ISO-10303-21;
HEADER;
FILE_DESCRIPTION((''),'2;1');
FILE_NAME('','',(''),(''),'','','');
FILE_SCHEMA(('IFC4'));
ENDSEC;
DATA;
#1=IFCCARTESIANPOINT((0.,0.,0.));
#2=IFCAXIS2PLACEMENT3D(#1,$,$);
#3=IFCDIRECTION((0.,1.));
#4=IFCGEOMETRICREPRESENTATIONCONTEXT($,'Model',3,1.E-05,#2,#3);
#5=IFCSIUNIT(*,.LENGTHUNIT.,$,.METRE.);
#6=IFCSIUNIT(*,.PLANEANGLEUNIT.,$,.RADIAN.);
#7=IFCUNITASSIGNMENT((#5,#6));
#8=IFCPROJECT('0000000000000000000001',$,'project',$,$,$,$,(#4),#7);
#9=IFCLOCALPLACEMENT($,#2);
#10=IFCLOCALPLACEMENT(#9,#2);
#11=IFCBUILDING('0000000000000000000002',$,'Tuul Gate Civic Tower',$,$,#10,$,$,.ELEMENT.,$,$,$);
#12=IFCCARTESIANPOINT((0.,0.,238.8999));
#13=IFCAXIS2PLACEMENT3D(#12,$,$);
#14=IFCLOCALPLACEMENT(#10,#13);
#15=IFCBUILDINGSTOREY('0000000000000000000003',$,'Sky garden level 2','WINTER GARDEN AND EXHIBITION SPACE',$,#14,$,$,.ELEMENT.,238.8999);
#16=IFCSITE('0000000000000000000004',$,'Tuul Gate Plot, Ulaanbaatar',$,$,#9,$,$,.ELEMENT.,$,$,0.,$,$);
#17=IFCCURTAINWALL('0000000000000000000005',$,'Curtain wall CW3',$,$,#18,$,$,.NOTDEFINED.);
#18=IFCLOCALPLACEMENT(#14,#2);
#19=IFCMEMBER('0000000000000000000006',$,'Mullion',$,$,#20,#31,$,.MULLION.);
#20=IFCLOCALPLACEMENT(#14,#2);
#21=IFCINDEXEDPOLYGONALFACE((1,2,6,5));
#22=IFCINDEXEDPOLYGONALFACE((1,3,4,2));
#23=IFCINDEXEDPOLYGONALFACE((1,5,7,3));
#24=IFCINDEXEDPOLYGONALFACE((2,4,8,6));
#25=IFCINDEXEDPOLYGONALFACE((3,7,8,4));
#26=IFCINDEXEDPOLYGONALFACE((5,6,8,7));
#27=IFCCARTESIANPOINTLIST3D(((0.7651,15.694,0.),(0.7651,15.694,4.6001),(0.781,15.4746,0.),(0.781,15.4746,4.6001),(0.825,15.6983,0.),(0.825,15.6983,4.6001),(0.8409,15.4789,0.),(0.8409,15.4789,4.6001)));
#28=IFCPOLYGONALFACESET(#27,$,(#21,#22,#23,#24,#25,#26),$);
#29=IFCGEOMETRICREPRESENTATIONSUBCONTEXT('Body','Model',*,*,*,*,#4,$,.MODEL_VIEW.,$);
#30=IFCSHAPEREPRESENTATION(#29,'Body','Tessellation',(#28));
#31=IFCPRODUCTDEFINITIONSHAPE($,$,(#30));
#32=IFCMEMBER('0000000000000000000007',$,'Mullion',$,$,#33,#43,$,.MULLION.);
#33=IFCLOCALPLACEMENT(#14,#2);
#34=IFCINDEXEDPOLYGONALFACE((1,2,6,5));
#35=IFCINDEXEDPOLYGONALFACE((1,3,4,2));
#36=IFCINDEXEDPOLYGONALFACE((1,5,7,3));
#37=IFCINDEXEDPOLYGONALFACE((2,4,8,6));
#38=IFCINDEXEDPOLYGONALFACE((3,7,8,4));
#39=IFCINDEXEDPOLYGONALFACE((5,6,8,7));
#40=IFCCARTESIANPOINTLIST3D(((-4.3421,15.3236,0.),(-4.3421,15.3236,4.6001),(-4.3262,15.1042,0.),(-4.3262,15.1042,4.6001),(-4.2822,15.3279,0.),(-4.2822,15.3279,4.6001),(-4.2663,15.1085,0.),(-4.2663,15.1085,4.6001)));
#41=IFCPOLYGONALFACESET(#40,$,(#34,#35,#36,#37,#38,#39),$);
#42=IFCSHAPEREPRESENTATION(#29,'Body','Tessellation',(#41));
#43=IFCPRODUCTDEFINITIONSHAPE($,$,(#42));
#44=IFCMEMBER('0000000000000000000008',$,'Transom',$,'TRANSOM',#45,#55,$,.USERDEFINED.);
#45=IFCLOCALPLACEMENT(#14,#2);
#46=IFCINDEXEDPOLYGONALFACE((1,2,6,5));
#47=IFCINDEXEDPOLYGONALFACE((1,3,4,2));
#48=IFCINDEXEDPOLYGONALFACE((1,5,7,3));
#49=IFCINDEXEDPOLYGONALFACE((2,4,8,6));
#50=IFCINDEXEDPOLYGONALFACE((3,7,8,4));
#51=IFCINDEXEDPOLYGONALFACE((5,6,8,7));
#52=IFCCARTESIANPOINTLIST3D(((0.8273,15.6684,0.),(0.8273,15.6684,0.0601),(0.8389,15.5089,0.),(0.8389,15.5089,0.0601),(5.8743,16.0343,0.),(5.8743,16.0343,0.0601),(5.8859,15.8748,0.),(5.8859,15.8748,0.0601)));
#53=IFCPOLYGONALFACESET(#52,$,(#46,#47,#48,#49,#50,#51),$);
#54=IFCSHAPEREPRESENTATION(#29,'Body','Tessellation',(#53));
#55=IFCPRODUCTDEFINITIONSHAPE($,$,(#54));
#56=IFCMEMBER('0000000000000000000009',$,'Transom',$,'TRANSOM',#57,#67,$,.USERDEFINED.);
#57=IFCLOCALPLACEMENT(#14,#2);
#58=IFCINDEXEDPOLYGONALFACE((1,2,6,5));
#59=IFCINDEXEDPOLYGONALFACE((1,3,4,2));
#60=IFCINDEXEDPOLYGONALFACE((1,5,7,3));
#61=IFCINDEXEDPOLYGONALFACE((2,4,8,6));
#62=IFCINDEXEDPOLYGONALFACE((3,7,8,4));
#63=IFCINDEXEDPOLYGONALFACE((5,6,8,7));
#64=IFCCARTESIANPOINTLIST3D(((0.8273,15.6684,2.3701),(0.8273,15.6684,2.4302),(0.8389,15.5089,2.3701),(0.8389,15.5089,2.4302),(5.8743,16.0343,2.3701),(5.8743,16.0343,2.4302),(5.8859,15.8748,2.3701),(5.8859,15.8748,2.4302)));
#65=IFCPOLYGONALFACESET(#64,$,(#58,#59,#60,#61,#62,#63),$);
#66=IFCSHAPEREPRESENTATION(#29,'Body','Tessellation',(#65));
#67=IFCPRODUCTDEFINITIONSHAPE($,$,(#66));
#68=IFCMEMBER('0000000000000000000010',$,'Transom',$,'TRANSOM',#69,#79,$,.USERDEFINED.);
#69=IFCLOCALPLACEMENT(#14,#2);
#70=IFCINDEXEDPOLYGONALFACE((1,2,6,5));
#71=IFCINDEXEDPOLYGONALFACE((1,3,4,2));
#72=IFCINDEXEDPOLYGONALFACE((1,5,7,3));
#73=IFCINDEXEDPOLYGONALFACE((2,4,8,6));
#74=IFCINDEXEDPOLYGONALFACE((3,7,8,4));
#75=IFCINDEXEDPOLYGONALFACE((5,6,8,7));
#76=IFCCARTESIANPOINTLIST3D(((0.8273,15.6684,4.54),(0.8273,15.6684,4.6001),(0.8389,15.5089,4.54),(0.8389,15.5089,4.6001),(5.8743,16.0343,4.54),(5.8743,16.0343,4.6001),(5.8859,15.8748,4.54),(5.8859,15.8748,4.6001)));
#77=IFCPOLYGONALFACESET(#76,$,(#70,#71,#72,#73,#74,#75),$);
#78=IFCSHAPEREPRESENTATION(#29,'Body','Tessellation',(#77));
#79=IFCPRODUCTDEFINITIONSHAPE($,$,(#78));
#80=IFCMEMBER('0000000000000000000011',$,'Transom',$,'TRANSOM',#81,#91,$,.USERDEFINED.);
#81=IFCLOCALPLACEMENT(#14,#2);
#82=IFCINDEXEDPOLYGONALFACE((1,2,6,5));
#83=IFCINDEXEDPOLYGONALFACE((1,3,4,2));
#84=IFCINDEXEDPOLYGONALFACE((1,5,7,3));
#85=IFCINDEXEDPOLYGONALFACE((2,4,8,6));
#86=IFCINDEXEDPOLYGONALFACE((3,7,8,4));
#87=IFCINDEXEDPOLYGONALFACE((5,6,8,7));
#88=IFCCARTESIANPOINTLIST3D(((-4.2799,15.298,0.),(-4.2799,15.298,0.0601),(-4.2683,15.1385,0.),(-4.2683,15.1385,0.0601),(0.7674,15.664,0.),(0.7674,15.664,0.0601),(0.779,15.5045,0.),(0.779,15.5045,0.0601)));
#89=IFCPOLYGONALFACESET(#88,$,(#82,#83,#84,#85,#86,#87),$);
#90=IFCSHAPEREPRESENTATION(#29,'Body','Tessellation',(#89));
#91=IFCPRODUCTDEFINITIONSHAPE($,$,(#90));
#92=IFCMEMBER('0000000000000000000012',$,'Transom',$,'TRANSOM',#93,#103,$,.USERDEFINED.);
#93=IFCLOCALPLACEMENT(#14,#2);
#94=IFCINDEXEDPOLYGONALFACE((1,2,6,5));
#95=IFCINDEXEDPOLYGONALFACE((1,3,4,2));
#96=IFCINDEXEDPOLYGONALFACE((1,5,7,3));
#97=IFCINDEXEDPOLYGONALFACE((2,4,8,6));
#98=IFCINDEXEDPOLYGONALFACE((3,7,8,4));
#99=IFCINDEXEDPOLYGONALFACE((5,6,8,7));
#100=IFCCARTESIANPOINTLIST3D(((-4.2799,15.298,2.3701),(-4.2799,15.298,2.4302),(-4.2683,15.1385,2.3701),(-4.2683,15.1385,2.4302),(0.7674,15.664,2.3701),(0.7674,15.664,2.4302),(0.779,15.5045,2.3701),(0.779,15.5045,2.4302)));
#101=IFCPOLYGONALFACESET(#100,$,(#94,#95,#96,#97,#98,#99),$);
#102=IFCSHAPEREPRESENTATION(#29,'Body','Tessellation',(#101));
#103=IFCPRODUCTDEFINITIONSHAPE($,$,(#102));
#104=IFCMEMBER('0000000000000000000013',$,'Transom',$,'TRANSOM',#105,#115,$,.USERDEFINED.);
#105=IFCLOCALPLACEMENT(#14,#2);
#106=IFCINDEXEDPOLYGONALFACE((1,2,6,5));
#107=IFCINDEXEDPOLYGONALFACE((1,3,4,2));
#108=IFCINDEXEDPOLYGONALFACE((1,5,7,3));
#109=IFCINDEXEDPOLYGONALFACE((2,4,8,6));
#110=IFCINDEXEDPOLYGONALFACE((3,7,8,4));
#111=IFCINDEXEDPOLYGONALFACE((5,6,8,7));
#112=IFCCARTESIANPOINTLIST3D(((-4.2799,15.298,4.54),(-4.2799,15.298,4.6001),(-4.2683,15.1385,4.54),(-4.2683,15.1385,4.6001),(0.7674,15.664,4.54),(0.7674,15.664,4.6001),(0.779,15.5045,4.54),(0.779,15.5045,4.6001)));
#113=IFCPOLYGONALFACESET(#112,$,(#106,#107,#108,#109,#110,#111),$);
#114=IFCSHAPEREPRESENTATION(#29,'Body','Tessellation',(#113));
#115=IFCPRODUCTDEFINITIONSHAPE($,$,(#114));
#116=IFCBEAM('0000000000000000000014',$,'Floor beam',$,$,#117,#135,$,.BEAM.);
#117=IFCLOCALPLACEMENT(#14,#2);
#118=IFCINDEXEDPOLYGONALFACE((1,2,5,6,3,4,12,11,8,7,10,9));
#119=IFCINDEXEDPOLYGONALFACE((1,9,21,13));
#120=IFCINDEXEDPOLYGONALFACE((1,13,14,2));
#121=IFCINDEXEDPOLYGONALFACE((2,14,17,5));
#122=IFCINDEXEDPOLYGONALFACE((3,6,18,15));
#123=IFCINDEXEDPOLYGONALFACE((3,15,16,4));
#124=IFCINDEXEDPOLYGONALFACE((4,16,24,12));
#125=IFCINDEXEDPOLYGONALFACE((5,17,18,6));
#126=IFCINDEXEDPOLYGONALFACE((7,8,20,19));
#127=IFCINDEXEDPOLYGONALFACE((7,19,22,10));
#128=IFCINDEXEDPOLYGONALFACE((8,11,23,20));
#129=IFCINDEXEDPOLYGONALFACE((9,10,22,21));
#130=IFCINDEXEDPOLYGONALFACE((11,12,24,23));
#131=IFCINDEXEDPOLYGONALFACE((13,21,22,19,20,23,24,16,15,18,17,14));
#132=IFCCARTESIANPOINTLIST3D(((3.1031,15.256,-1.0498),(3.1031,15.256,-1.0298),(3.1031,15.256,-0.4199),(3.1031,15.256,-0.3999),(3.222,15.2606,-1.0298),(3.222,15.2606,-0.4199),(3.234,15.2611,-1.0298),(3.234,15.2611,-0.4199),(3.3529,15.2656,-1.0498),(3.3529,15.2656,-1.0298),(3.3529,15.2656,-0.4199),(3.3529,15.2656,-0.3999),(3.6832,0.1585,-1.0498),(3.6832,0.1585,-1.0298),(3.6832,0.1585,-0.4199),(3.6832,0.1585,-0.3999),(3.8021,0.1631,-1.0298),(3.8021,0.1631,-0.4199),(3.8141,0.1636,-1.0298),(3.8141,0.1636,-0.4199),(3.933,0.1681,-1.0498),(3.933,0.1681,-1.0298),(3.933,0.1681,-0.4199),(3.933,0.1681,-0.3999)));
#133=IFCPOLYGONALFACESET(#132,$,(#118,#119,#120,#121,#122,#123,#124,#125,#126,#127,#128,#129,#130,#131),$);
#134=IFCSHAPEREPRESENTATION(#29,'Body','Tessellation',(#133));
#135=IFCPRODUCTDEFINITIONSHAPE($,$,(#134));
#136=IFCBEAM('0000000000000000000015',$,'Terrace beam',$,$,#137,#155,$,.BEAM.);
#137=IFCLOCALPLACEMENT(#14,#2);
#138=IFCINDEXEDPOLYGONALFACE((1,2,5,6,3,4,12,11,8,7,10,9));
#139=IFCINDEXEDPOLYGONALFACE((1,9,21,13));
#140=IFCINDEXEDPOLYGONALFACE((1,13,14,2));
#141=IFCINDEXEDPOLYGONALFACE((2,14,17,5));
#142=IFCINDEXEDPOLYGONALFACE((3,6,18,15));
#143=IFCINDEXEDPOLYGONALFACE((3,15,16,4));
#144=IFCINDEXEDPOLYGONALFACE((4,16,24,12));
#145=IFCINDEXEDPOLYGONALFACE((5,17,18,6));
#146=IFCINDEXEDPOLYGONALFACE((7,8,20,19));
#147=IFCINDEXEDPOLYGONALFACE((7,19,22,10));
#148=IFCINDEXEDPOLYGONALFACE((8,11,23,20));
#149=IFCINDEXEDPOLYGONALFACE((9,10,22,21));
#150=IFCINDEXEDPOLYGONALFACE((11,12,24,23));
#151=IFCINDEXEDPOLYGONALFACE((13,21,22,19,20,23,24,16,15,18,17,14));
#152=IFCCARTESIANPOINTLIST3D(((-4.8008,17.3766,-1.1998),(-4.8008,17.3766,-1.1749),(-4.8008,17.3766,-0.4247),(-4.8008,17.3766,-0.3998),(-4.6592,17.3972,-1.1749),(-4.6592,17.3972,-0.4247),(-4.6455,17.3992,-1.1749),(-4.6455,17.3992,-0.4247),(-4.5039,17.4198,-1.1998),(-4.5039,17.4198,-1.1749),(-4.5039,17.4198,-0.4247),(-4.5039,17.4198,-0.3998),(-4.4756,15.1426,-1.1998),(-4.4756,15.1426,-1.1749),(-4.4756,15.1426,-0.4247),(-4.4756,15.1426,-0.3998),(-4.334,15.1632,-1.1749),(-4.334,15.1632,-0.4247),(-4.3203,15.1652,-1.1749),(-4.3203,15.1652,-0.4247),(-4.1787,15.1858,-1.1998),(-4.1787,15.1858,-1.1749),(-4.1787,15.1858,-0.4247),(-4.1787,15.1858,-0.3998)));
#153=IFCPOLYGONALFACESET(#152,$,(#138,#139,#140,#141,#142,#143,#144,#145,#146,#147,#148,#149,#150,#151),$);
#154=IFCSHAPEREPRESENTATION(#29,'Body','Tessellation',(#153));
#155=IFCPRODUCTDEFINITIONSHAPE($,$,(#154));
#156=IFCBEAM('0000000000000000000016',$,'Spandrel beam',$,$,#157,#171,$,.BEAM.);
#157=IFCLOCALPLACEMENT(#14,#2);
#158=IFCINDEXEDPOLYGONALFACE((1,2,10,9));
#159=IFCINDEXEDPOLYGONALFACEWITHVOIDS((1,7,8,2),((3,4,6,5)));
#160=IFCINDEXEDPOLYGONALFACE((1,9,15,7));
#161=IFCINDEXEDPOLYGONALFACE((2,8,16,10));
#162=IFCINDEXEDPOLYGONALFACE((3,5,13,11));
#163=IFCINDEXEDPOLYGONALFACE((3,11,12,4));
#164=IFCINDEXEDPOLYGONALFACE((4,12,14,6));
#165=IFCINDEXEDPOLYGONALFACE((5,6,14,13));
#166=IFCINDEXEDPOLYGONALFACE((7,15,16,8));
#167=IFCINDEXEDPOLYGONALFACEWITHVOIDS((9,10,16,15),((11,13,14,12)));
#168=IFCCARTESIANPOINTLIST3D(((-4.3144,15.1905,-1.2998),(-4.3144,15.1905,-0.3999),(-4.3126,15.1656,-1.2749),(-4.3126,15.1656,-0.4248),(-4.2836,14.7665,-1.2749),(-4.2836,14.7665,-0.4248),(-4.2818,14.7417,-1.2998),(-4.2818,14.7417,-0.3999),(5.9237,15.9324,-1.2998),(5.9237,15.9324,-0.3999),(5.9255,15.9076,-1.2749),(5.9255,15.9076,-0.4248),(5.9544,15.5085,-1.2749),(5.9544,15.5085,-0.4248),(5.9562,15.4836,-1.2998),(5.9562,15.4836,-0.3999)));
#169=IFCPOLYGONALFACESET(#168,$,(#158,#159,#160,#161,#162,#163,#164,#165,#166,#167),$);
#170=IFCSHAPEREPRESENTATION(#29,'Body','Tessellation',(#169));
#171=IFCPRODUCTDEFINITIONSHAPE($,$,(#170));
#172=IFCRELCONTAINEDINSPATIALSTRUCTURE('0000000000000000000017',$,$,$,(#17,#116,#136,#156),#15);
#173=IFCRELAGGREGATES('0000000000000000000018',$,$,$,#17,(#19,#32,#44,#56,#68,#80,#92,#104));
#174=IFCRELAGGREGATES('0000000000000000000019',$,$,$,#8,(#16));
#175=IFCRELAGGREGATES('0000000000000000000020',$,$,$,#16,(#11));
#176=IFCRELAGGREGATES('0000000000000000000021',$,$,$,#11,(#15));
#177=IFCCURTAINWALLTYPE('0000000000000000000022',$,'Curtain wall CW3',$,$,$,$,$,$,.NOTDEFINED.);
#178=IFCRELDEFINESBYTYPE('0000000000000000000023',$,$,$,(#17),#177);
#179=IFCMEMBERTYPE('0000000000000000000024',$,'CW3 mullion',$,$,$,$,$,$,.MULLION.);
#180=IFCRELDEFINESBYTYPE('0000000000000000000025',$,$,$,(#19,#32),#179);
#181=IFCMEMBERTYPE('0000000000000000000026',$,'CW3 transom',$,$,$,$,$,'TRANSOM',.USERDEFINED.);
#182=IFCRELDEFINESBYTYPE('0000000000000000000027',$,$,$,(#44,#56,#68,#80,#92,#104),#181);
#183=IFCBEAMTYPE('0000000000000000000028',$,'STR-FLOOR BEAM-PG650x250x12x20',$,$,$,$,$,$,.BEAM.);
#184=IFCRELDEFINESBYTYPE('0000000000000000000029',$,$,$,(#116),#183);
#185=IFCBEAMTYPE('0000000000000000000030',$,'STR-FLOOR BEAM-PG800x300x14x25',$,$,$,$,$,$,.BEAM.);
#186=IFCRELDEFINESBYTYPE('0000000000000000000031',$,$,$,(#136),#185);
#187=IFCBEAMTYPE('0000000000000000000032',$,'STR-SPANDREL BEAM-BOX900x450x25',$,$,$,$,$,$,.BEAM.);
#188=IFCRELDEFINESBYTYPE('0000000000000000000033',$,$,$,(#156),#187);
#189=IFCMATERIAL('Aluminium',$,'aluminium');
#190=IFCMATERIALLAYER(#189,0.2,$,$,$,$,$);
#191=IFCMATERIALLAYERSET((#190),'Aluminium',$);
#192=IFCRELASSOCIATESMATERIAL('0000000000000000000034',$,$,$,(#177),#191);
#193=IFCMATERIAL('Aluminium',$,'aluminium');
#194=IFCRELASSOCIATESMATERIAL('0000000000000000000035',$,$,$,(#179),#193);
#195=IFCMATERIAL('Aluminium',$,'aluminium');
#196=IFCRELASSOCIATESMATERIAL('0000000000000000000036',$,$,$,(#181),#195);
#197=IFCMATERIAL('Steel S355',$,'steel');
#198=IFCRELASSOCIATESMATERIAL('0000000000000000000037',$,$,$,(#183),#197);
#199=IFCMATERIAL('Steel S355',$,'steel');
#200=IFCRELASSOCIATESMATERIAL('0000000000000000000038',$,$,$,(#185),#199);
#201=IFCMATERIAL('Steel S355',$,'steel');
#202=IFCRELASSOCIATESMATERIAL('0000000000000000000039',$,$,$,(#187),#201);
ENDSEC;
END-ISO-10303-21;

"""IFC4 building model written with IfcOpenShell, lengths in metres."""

from ifc_helpers import new_model, si_unit, direction, frame, origin, origin_2d, place, context, subcontext, project, spatial, rectangle, hollow_rectangle, i_section, extrude, material, layer, layer_set, material_profile, profile_set, type_object, element, aggregate, save


model = new_model("IFC4")

# Units and contexts
model_context = context("Model", 3, precision=1e-05, world=origin(), true_north=direction((0.0, 1.0)))
body_context = subcontext(model_context, "Body", "Model", "MODEL_VIEW")
ifc_project = project(units=[si_unit("LENGTHUNIT", "METRE"), si_unit("PLANEANGLEUNIT", "RADIAN")], contexts=[model_context])

# Site, building, storey
site_placement = place(None, origin())
site = spatial("IfcSite", under=ifc_project, at=site_placement, Name="Tuul Gate Plot, Ulaanbaatar", CompositionType="ELEMENT", RefElevation=0.0)
building_placement = place(site_placement, origin())
building = spatial("IfcBuilding", under=site, at=building_placement, Name="Tuul Gate Civic Tower", CompositionType="ELEMENT")
storey_placement = place(building_placement, frame((0.0, 0.0, 238.8999)))
storey = spatial("IfcBuildingStorey", under=building, at=storey_placement, Name="Sky garden level 2", Description="WINTER GARDEN AND EXHIBITION SPACE", CompositionType="ELEMENT", Elevation=238.8999)

# Curtain wall, members
ifc_material_1 = material(Name="Aluminium", Category="aluminium")
ifc_layer_1 = layer(ifc_material_1, 0.2)
ifc_layer_set_1 = layer_set([ifc_layer_1], Name="Aluminium")
curtain_wall_type = type_object("IfcCurtainWallType", Name="Curtain wall CW3", PredefinedType="NOTDEFINED", material=ifc_layer_set_1)
curtain_wall_placement = place(storey_placement, origin())
curtain_wall = element("IfcCurtainWall", 1, at=curtain_wall_placement, inside=storey, type_object=curtain_wall_type, Name="Curtain wall CW3", PredefinedType="NOTDEFINED")
ifc_material_2 = material(Name="Aluminium", Category="aluminium")
ifc_material_profile_1 = material_profile(ifc_material_2, rectangle(XDim=0.22, YDim=0.0601, at=origin_2d()), Name="CW3 mullion")
ifc_profile_set_1 = profile_set([ifc_material_profile_1], Name="Aluminium")
member_type_1 = type_object("IfcMemberType", Name="CW3 mullion", PredefinedType="MULLION", material=ifc_profile_set_1)
member_1_placement = place(storey_placement, frame((0.803, 15.5864, 0.0), z_axis=(0.0, 0.0, 1.0), x_axis=(0.072323, -0.997381, 0.0)))
member_1 = element("IfcMember", 2, at=member_1_placement, type_object=member_type_1, Name="Mullion", PredefinedType="MULLION", context=body_context, shape_type="SweptSolid", body=[
    extrude(rectangle(XDim=0.22, YDim=0.0601, at=origin_2d()), origin(), (0.0, 0.0, 1.0), 4.6001),
])
member_2_placement = place(storey_placement, frame((-4.3042, 15.2161, 0.0), z_axis=(0.0, 0.0, 1.0), x_axis=(0.072323, -0.997381, 0.0)))
member_2 = element("IfcMember", 3, at=member_2_placement, type_object=member_type_1, Name="Mullion", PredefinedType="MULLION", context=body_context, shape_type="SweptSolid", body=[
    extrude(rectangle(XDim=0.22, YDim=0.0601, at=origin_2d()), origin(), (0.0, 0.0, 1.0), 4.6001),
])
ifc_material_3 = material(Name="Aluminium", Category="aluminium")
ifc_material_profile_2 = material_profile(ifc_material_3, rectangle(XDim=0.1599, YDim=0.0601, at=origin_2d()), Name="CW3 transom")
ifc_profile_set_2 = profile_set([ifc_material_profile_2], Name="Aluminium")
member_type_2 = type_object("IfcMemberType", Name="CW3 transom", ElementType="TRANSOM", PredefinedType="USERDEFINED", material=ifc_profile_set_2)
member_3_placement = place(storey_placement, frame((5.8801, 15.9546, 0.03), z_axis=(-0.997381, -0.07232, 0.0), x_axis=(0.07232, -0.997381, 0.0)))
member_3 = element("IfcMember", 4, at=member_3_placement, type_object=member_type_2, Name="Transom", ObjectType="TRANSOM", PredefinedType="USERDEFINED", context=body_context, shape_type="SweptSolid", body=[
    extrude(rectangle(XDim=0.1599, YDim=0.0601, at=origin_2d()), origin(), (0.0, 0.0, 1.0), 5.0603),
])
member_4_placement = place(storey_placement, frame((5.8801, 15.9546, 2.4001), z_axis=(-0.997381, -0.07232, 0.0), x_axis=(0.07232, -0.997381, 0.0)))
member_4 = element("IfcMember", 5, at=member_4_placement, type_object=member_type_2, Name="Transom", ObjectType="TRANSOM", PredefinedType="USERDEFINED", context=body_context, shape_type="SweptSolid", body=[
    extrude(rectangle(XDim=0.1599, YDim=0.0601, at=origin_2d()), origin(), (0.0, 0.0, 1.0), 5.0603),
])
member_5_placement = place(storey_placement, frame((5.8801, 15.9546, 4.5701), z_axis=(-0.997381, -0.07232, 0.0), x_axis=(0.07232, -0.997381, 0.0)))
member_5 = element("IfcMember", 6, at=member_5_placement, type_object=member_type_2, Name="Transom", ObjectType="TRANSOM", PredefinedType="USERDEFINED", context=body_context, shape_type="SweptSolid", body=[
    extrude(rectangle(XDim=0.1599, YDim=0.0601, at=origin_2d()), origin(), (0.0, 0.0, 1.0), 5.0603),
])
member_6_placement = place(storey_placement, frame((0.7732, 15.5842, 0.03), z_axis=(-0.997382, -0.072317, 0.0), x_axis=(0.072317, -0.997382, 0.0)))
member_6 = element("IfcMember", 7, at=member_6_placement, type_object=member_type_2, Name="Transom", ObjectType="TRANSOM", PredefinedType="USERDEFINED", context=body_context, shape_type="SweptSolid", body=[
    extrude(rectangle(XDim=0.1599, YDim=0.0601, at=origin_2d()), origin(), (0.0, 0.0, 1.0), 5.0605),
])
member_7_placement = place(storey_placement, frame((0.7732, 15.5842, 2.4001), z_axis=(-0.997382, -0.072317, 0.0), x_axis=(0.072317, -0.997382, 0.0)))
member_7 = element("IfcMember", 8, at=member_7_placement, type_object=member_type_2, Name="Transom", ObjectType="TRANSOM", PredefinedType="USERDEFINED", context=body_context, shape_type="SweptSolid", body=[
    extrude(rectangle(XDim=0.1599, YDim=0.0601, at=origin_2d()), origin(), (0.0, 0.0, 1.0), 5.0605),
])
member_8_placement = place(storey_placement, frame((0.7732, 15.5842, 4.5701), z_axis=(-0.997382, -0.072317, 0.0), x_axis=(0.072317, -0.997382, 0.0)))
member_8 = element("IfcMember", 9, at=member_8_placement, type_object=member_type_2, Name="Transom", ObjectType="TRANSOM", PredefinedType="USERDEFINED", context=body_context, shape_type="SweptSolid", body=[
    extrude(rectangle(XDim=0.1599, YDim=0.0601, at=origin_2d()), origin(), (0.0, 0.0, 1.0), 5.0605),
])

# Beams
ifc_material_4 = material(Name="Steel S355", Category="steel")
ifc_material_profile_3 = material_profile(ifc_material_4, i_section(OverallWidth=0.25, OverallDepth=0.6499, WebThickness=0.012, FlangeThickness=0.02, at=origin_2d()), Name="PG650x250x12x20")
ifc_profile_set_3 = profile_set([ifc_material_profile_3], Name="Steel S355")
beam_type_1 = type_object("IfcBeamType", Name="STR-FLOOR BEAM-PG650x250x12x20", PredefinedType="BEAM", material=ifc_profile_set_3)
beam_1_placement = place(storey_placement, frame((3.8081, 0.1633, -0.7249), z_axis=(-0.038394, 0.999263, 0.0), x_axis=(-0.999263, -0.038394, 0.0)))
element("IfcBeam", 10, at=beam_1_placement, inside=storey, type_object=beam_type_1, Name="Floor beam", PredefinedType="BEAM", context=body_context, shape_type="SweptSolid", body=[
    extrude(i_section(OverallWidth=0.25, OverallDepth=0.6499, WebThickness=0.012, FlangeThickness=0.02, at=origin_2d()), origin(), (0.0, 0.0, 1.0), 15.1086),
])
ifc_material_5 = material(Name="Steel S355", Category="steel")
ifc_material_profile_4 = material_profile(ifc_material_5, i_section(OverallWidth=0.3, OverallDepth=0.8, WebThickness=0.0139, FlangeThickness=0.0249, at=origin_2d()), Name="PG800x300x14x25")
ifc_profile_set_4 = profile_set([ifc_material_profile_4], Name="Steel S355")
beam_type_2 = type_object("IfcBeamType", Name="STR-FLOOR BEAM-PG800x300x14x25", PredefinedType="BEAM", material=ifc_profile_set_4)
beam_2_placement = place(storey_placement, frame((-4.6523, 17.3982, -0.7998), z_axis=(0.14404, -0.989572, 0.0), x_axis=(0.989572, 0.14404, 0.0)))
element("IfcBeam", 11, at=beam_2_placement, inside=storey, type_object=beam_type_2, Name="Terrace beam", PredefinedType="BEAM", context=body_context, shape_type="SweptSolid", body=[
    extrude(i_section(OverallWidth=0.3, OverallDepth=0.8, WebThickness=0.0139, FlangeThickness=0.0249, at=origin_2d()), origin(), (0.0, 0.0, 1.0), 2.2576),
])
ifc_material_6 = material(Name="Steel S355", Category="steel")
ifc_material_profile_5 = material_profile(ifc_material_6, hollow_rectangle(XDim=0.45, YDim=0.8999, WallThickness=0.0249, at=origin_2d()), Name="BOX900x450x25")
ifc_profile_set_5 = profile_set([ifc_material_profile_5], Name="Steel S355")
beam_type_3 = type_object("IfcBeamType", Name="STR-SPANDREL BEAM-BOX900x450x25", PredefinedType="BEAM", material=ifc_profile_set_5)
beam_3_placement = place(storey_placement, frame((-4.2981, 14.9661, -0.8499), z_axis=(0.997384, 0.07228, 0.0), x_axis=(-0.07228, 0.997384, 0.0)))
element("IfcBeam", 12, at=beam_3_placement, inside=storey, type_object=beam_type_3, Name="Spandrel beam", PredefinedType="BEAM", context=body_context, shape_type="SweptSolid", body=[
    extrude(hollow_rectangle(XDim=0.45, YDim=0.8999, WallThickness=0.0249, at=origin_2d()), origin(), (0.0, 0.0, 1.0), 10.2649),
])

aggregate(curtain_wall, [member_1, member_2, member_3, member_4, member_5, member_6, member_7, member_8])

save(model, "model.ifc")
